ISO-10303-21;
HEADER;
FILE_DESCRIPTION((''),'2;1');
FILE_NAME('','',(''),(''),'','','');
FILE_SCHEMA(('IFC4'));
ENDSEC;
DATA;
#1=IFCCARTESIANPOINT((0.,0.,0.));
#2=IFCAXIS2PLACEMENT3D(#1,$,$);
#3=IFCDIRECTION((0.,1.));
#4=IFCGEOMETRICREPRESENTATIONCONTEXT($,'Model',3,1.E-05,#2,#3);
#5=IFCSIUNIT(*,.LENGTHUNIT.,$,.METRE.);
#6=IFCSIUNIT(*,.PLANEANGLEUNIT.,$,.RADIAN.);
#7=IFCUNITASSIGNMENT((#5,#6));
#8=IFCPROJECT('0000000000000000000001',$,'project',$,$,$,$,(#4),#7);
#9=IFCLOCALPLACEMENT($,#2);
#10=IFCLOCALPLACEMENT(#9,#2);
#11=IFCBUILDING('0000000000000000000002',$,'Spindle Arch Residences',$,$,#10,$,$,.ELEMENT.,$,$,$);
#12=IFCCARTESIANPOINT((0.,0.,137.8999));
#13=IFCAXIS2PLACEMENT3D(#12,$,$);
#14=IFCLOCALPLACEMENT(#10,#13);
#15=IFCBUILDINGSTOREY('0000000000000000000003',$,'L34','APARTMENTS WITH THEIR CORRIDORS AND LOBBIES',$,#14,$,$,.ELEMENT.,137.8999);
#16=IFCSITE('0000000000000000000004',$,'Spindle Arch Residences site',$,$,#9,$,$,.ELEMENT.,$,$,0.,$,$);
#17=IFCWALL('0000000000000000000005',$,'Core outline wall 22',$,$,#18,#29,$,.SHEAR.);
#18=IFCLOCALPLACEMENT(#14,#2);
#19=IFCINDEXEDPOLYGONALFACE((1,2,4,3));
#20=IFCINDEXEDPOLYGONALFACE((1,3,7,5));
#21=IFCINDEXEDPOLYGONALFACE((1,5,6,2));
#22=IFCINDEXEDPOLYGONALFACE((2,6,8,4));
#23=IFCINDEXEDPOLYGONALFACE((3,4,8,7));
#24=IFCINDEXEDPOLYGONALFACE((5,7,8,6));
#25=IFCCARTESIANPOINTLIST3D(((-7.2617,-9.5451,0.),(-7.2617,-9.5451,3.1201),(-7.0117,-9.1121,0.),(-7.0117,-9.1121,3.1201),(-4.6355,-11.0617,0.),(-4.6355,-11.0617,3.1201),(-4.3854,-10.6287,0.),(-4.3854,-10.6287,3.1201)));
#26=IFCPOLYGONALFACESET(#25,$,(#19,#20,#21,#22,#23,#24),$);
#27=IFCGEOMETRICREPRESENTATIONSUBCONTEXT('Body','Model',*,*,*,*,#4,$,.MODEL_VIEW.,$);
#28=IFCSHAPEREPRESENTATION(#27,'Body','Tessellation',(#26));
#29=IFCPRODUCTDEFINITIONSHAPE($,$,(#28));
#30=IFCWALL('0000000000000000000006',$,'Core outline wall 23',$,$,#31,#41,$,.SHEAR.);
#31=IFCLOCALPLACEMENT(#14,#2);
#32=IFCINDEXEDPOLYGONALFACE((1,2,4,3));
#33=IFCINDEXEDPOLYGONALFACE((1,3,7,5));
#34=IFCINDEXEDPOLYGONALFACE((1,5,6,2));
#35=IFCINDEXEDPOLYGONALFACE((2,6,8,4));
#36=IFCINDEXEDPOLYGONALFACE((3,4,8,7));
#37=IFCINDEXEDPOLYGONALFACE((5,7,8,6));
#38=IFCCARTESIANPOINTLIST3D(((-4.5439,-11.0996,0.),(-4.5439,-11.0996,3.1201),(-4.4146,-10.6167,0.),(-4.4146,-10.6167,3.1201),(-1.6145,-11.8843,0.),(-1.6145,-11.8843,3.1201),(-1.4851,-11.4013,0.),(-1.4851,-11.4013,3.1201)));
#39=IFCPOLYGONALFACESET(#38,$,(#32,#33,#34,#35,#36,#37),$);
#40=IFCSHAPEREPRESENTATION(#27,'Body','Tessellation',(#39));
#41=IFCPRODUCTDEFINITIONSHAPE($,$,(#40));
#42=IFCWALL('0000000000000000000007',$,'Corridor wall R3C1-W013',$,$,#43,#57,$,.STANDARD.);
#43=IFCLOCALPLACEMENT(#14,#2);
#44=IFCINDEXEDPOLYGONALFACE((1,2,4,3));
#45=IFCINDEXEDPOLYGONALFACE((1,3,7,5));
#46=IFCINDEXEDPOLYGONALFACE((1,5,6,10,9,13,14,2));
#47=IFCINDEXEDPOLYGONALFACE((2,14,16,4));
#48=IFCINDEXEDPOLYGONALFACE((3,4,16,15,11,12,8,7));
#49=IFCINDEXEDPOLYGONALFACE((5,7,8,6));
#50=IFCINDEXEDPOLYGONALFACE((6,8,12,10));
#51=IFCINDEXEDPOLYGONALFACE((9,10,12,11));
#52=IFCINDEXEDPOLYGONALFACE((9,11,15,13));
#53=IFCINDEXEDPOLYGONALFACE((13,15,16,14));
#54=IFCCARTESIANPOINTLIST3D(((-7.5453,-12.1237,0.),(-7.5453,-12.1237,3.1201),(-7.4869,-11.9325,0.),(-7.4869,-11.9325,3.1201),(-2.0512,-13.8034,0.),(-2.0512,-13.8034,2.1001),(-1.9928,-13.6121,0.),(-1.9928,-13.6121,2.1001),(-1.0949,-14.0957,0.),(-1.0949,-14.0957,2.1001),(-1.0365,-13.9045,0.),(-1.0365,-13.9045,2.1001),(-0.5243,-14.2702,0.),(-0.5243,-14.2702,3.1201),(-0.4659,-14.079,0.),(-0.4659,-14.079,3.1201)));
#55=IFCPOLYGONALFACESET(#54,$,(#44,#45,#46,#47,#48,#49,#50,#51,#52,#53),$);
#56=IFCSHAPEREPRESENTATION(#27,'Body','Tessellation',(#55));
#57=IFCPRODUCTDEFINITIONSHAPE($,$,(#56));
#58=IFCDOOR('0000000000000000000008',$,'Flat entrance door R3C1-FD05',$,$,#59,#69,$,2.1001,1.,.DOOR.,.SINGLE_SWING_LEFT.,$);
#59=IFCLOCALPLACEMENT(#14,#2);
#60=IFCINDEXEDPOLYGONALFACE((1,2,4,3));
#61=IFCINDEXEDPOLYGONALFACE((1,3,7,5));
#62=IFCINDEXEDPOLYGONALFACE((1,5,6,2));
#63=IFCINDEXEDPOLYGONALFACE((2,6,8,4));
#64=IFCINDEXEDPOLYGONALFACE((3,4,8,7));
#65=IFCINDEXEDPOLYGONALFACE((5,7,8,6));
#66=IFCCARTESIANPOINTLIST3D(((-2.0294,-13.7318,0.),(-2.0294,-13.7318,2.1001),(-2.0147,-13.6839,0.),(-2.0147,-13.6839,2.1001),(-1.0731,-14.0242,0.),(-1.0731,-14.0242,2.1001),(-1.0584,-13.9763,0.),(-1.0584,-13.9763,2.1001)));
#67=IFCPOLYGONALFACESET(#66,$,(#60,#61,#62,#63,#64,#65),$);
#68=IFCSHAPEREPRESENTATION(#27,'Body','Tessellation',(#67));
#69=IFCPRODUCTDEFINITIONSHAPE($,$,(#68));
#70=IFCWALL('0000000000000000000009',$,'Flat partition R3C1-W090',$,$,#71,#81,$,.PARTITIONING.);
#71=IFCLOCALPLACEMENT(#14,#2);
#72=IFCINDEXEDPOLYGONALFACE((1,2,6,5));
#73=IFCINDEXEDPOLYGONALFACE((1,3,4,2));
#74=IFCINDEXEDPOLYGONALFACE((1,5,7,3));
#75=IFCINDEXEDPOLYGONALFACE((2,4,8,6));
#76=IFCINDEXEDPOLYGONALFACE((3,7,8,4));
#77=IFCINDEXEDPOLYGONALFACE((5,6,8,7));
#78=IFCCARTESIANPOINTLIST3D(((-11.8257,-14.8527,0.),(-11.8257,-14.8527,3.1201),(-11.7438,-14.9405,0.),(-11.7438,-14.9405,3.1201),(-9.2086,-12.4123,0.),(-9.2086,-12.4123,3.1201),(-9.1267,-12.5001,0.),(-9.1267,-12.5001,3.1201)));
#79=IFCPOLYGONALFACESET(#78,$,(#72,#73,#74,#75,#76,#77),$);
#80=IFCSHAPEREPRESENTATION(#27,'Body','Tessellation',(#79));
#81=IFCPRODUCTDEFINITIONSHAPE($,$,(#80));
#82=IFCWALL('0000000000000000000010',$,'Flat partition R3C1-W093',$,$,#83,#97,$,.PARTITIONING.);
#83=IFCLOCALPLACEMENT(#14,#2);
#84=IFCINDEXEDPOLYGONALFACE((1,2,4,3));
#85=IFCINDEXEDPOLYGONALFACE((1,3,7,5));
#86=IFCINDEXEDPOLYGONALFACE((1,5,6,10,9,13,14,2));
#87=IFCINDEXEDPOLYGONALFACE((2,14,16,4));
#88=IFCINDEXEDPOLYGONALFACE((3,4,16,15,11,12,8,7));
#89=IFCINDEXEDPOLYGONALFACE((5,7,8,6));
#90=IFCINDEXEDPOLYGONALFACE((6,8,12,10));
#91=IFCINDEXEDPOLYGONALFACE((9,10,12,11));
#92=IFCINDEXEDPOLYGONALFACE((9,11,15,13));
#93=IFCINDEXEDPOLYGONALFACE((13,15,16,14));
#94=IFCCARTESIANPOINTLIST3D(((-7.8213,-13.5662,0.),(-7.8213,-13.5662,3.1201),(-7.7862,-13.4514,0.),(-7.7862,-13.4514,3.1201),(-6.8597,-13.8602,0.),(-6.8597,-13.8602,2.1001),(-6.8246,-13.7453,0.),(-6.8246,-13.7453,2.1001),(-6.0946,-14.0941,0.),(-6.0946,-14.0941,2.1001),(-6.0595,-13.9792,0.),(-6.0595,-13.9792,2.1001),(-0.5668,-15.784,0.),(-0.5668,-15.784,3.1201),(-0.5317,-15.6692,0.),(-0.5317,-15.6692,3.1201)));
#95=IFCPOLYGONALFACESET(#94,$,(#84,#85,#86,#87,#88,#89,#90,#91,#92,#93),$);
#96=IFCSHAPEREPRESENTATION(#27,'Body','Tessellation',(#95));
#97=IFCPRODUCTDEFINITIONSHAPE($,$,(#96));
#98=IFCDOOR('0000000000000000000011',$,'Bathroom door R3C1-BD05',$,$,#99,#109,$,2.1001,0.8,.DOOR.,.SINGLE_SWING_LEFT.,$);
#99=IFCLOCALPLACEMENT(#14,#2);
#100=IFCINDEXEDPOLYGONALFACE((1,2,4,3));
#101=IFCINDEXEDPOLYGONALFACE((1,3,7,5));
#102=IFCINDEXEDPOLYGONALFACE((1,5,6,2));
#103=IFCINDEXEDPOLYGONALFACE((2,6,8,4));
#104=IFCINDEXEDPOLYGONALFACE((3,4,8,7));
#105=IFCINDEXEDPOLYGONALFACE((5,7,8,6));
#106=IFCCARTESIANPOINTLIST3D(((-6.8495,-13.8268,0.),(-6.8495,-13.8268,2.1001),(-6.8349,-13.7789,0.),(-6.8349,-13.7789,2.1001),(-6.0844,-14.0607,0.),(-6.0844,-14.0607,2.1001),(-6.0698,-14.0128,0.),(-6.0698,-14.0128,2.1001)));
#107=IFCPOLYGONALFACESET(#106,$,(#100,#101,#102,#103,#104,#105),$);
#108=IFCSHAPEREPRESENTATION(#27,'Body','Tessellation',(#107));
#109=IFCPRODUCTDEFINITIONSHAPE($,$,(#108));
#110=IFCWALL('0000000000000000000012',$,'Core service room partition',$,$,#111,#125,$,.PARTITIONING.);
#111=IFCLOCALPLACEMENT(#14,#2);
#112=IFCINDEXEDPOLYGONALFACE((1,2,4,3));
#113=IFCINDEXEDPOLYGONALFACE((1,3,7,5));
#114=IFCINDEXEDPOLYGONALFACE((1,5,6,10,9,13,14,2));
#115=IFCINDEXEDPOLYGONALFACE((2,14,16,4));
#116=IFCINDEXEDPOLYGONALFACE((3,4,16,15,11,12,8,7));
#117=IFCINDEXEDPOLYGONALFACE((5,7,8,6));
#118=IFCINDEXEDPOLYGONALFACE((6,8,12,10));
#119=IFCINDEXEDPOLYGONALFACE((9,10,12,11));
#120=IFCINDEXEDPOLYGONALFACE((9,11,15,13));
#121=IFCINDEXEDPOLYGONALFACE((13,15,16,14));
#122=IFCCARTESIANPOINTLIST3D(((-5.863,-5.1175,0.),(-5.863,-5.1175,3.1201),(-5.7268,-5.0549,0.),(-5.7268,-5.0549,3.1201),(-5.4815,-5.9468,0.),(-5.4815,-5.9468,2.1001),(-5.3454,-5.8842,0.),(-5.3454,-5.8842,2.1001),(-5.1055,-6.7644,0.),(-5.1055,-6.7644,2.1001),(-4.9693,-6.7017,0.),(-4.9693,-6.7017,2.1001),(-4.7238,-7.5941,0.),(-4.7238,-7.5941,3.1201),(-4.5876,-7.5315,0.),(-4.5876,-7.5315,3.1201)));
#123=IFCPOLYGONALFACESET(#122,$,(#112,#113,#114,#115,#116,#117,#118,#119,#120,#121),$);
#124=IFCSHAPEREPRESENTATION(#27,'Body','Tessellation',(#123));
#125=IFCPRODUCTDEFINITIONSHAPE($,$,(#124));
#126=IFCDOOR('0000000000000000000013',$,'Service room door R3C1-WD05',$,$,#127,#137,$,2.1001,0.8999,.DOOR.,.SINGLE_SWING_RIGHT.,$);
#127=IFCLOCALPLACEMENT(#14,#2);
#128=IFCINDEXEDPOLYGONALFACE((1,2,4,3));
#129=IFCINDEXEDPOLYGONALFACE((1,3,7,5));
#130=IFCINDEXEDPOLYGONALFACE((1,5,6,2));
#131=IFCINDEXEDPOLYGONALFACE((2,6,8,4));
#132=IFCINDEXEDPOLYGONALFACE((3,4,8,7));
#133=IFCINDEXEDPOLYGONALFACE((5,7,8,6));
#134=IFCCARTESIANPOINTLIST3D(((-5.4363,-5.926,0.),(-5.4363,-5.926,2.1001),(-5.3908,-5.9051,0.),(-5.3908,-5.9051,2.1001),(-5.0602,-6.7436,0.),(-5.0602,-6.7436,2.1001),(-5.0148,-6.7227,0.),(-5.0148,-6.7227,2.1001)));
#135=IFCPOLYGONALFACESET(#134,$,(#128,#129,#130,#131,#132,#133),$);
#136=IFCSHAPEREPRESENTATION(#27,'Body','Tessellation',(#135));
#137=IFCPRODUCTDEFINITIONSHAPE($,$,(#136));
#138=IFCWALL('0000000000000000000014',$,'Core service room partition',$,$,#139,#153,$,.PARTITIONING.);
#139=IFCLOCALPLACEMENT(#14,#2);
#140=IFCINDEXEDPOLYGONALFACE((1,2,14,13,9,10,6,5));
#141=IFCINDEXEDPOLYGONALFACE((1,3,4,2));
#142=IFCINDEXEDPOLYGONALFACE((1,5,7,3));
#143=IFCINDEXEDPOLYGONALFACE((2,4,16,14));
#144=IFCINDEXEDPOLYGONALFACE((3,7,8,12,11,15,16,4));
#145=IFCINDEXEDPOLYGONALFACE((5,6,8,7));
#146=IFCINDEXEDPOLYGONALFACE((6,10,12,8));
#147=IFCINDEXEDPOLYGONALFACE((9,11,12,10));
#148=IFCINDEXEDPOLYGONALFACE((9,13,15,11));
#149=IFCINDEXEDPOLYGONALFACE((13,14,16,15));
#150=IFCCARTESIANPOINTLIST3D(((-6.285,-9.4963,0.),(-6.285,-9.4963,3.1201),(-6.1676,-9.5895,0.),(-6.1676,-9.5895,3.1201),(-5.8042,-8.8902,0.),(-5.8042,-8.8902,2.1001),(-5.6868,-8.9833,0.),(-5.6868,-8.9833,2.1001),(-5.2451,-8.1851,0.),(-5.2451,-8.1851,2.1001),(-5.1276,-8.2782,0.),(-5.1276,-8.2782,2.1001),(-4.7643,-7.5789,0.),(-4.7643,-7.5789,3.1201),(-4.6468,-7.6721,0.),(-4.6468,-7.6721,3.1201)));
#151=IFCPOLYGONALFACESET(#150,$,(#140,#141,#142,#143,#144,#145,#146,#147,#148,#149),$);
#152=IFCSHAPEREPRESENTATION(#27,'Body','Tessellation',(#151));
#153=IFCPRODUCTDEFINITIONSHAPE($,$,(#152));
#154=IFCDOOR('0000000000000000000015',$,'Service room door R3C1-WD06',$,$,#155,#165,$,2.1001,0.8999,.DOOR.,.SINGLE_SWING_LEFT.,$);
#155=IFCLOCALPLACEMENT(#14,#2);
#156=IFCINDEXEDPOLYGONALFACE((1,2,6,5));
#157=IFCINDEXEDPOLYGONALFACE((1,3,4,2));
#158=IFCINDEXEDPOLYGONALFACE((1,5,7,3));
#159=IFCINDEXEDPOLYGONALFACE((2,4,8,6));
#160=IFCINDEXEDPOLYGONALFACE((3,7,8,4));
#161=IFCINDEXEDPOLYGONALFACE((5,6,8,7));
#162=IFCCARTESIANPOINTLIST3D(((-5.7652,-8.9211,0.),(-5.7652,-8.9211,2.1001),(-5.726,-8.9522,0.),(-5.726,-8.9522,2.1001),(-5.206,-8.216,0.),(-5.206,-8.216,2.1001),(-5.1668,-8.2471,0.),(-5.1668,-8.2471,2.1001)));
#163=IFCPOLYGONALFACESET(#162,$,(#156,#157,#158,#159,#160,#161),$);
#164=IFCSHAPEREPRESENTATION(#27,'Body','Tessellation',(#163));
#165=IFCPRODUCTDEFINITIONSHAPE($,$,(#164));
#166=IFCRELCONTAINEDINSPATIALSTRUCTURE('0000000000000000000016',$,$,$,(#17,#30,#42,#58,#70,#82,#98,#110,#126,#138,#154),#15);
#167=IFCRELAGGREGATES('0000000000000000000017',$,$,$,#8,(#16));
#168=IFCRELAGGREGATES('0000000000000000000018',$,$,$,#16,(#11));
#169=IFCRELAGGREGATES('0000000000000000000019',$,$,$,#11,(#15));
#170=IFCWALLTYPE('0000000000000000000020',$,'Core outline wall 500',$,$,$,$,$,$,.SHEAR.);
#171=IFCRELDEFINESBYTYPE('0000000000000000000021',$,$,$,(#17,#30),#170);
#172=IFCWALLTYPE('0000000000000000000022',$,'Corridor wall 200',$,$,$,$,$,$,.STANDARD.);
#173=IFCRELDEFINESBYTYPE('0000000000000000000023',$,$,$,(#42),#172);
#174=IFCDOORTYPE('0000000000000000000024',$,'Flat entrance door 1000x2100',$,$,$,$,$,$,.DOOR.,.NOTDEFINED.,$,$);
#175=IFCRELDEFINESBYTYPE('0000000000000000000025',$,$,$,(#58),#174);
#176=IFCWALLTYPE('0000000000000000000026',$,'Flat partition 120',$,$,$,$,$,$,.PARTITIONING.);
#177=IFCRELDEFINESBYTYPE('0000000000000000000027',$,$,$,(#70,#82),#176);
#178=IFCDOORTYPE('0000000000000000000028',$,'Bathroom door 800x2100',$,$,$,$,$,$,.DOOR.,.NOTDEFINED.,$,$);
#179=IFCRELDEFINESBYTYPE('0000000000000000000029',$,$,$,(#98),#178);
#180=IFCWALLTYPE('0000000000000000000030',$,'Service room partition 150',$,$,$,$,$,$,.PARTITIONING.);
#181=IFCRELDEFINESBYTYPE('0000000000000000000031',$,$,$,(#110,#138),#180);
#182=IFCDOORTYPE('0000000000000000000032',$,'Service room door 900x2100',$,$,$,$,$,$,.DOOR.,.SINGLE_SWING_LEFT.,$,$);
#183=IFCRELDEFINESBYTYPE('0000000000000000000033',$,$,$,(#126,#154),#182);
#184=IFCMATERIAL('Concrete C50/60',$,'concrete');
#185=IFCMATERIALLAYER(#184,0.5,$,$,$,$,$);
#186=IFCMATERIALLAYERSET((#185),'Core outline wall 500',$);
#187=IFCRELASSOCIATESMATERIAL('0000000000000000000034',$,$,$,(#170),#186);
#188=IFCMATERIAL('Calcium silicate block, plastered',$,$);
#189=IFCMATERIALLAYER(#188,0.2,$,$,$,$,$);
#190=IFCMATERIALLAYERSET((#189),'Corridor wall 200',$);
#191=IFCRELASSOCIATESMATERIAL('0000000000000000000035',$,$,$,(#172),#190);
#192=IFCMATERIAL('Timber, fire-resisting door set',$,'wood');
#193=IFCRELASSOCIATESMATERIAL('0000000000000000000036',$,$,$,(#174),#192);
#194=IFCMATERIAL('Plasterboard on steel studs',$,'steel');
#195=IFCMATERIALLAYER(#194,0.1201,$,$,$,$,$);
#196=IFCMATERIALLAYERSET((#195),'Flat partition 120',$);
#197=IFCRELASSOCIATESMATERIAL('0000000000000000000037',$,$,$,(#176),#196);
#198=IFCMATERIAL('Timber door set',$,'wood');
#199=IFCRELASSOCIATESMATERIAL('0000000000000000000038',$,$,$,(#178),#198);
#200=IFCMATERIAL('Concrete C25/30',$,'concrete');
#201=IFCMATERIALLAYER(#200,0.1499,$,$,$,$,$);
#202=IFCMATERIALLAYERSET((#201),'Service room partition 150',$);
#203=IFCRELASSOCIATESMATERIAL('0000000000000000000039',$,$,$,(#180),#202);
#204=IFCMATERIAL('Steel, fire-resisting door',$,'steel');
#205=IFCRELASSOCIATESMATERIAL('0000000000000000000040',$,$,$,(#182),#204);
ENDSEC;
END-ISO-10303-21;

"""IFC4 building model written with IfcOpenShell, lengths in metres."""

from ifc_helpers import new_model, si_unit, direction, frame, frame_2d, origin, place, context, subcontext, project, spatial, rectangle, extrude, material, layer, layer_set, type_object, element, fill, save


model = new_model("IFC4")

# Units and contexts
model_context = context("Model", 3, precision=1e-05, world=origin(), true_north=direction((0.0, 1.0)))
body_context = subcontext(model_context, "Body", "Model", "MODEL_VIEW")
ifc_project = project(units=[si_unit("LENGTHUNIT", "METRE"), si_unit("PLANEANGLEUNIT", "RADIAN")], contexts=[model_context])

# Site, building, storey
site_placement = place(None, origin())
site = spatial("IfcSite", under=ifc_project, at=site_placement, Name="Spindle Arch Residences site", CompositionType="ELEMENT", RefElevation=0.0)
building_placement = place(site_placement, origin())
building = spatial("IfcBuilding", under=site, at=building_placement, Name="Spindle Arch Residences", CompositionType="ELEMENT")
storey_placement = place(building_placement, frame((0.0, 0.0, 137.8999)))
storey = spatial("IfcBuildingStorey", under=building, at=storey_placement, Name="L34", Description="APARTMENTS WITH THEIR CORRIDORS AND LOBBIES", CompositionType="ELEMENT", Elevation=137.8999)

# Walls
ifc_material_1 = material(Name="Concrete C50/60", Category="concrete")
ifc_layer_1 = layer(ifc_material_1, 0.5)
ifc_layer_set_1 = layer_set([ifc_layer_1], Name="Core outline wall 500")
wall_type_1 = type_object("IfcWallType", Name="Core outline wall 500", PredefinedType="SHEAR", material=ifc_layer_set_1)
for number, where, z_axis, x_axis, name in (
    (1, (-7.1367, -9.3286, 0.0), (0.0, 0.0, 1.0), (0.865975, -0.500087, 0.0), "Core outline wall 22"),
    (2, (-4.4792, -10.8582, 0.0), (0.0, 0.0, 1.0), (0.965948, -0.258735, 0.0), "Core outline wall 23"),
):
    element("IfcWall", number, at=place(storey_placement, frame(where, z_axis=z_axis, x_axis=x_axis)), inside=storey, type_object=wall_type_1, Name=name, PredefinedType="SHEAR", context=body_context, shape_type="SweptSolid", body=[
        extrude(rectangle(XDim=3.0327, YDim=0.5, at=frame_2d((1.5164, 0.0))), origin(), (0.0, 0.0, 1.0), 3.1201),
    ])

# Wall, opening, door
ifc_material_2 = material(Name="Calcium silicate block, plastered")
ifc_layer_2 = layer(ifc_material_2, 0.2)
ifc_layer_set_2 = layer_set([ifc_layer_2], Name="Corridor wall 200")
wall_type_2 = type_object("IfcWallType", Name="Corridor wall 200", PredefinedType="STANDARD", material=ifc_layer_set_2)
wall_1_placement = place(storey_placement, frame((-7.5161, -12.0281, 0.0), z_axis=(0.0, 0.0, 1.0), x_axis=(0.956307, -0.292366, 0.0)))
wall_1 = element("IfcWall", 3, at=wall_1_placement, inside=storey, type_object=wall_type_2, Name="Corridor wall R3C1-W013", PredefinedType="STANDARD", context=body_context, shape_type="SweptSolid", body=[
    extrude(rectangle(XDim=7.3418, YDim=0.2, at=frame_2d((3.6709, 0.0))), origin(), (0.0, 0.0, 1.0), 3.1201),
])
opening_1_placement = place(wall_1_placement, frame((5.7451, 0.0, 0.0)))
opening_1 = element("IfcOpeningElement", 4, at=opening_1_placement, cuts=wall_1, PredefinedType="OPENING", context=body_context, shape_type="SweptSolid", body=[
    extrude(rectangle(XDim=1.0, YDim=2.1001, at=frame_2d((0.5, 1.05))), frame((0.0, 0.1099, 0.0), z_axis=(0.0, -1.0, 0.0), x_axis=(1.0, 0.0, 0.0)), (0.0, 0.0, 1.0), 0.22),
])
ifc_material_3 = material(Name="Timber, fire-resisting door set", Category="wood")
door_type_1 = type_object("IfcDoorType", Name="Flat entrance door 1000x2100", OperationType="NOTDEFINED", PredefinedType="DOOR", material=ifc_material_3)
door_1_placement = place(opening_1_placement, origin())
door_1 = element("IfcDoor", 5, at=door_1_placement, inside=storey, type_object=door_type_1, Name="Flat entrance door R3C1-FD05", OperationType="SINGLE_SWING_LEFT", OverallHeight=2.1001, OverallWidth=1.0, PredefinedType="DOOR", context=body_context, shape_type="SweptSolid", body=[
    extrude(rectangle(XDim=1.0, YDim=2.1001, at=frame_2d((0.5, 1.05))), frame((0.0, 0.0249, 0.0), z_axis=(0.0, -1.0, 0.0), x_axis=(1.0, 0.0, 0.0)), (0.0, 0.0, 1.0), 0.05),
])
fill(opening_1, door_1)

# Wall
ifc_material_4 = material(Name="Plasterboard on steel studs", Category="steel")
ifc_layer_3 = layer(ifc_material_4, 0.1201)
ifc_layer_set_3 = layer_set([ifc_layer_3], Name="Flat partition 120")
wall_type_3 = type_object("IfcWallType", Name="Flat partition 120", PredefinedType="PARTITIONING", material=ifc_layer_set_3)
wall_2_placement = place(storey_placement, frame((-9.1677, -12.4563, 0.0), z_axis=(0.0, 0.0, 1.0), x_axis=(-0.731373, -0.681978, 0.0)))
element("IfcWall", 6, at=wall_2_placement, inside=storey, type_object=wall_type_3, Name="Flat partition R3C1-W090", PredefinedType="PARTITIONING", context=body_context, shape_type="SweptSolid", body=[
    extrude(rectangle(XDim=3.5784, YDim=0.1201, at=frame_2d((1.7891, 0.0))), origin(), (0.0, 0.0, 1.0), 3.1201),
])

# Walls, openings, doors
wall_3_placement = place(storey_placement, frame((-7.8037, -13.5088, 0.0), z_axis=(0.0, 0.0, 1.0), x_axis=(0.956309, -0.292358, 0.0)))
wall_3 = element("IfcWall", 7, at=wall_3_placement, inside=storey, type_object=wall_type_3, Name="Flat partition R3C1-W093", PredefinedType="PARTITIONING", context=body_context, shape_type="SweptSolid", body=[
    extrude(rectangle(XDim=7.5859, YDim=0.1201, at=frame_2d((3.793, 0.0))), origin(), (0.0, 0.0, 1.0), 3.1201),
])
opening_2_placement = place(wall_3_placement, frame((1.0056, 0.0, 0.0)))
opening_2 = element("IfcOpeningElement", 8, at=opening_2_placement, cuts=wall_3, PredefinedType="OPENING", context=body_context, shape_type="SweptSolid", body=[
    extrude(rectangle(XDim=0.8, YDim=2.1001, at=frame_2d((0.3999, 1.05))), frame((0.0, 0.0701, 0.0), z_axis=(0.0, -1.0, 0.0), x_axis=(1.0, 0.0, 0.0)), (0.0, 0.0, 1.0), 0.1401),
])
ifc_material_5 = material(Name="Timber door set", Category="wood")
door_type_2 = type_object("IfcDoorType", Name="Bathroom door 800x2100", OperationType="NOTDEFINED", PredefinedType="DOOR", material=ifc_material_5)
door_2_placement = place(opening_2_placement, origin())
door_2 = element("IfcDoor", 9, at=door_2_placement, inside=storey, type_object=door_type_2, Name="Bathroom door R3C1-BD05", OperationType="SINGLE_SWING_LEFT", OverallHeight=2.1001, OverallWidth=0.8, PredefinedType="DOOR", context=body_context, shape_type="SweptSolid", body=[
    extrude(rectangle(XDim=0.8, YDim=2.1001, at=frame_2d((0.3999, 1.05))), frame((0.0, 0.0249, 0.0), z_axis=(0.0, -1.0, 0.0), x_axis=(1.0, 0.0, 0.0)), (0.0, 0.0, 1.0), 0.05),
])
fill(opening_2, door_2)
ifc_material_6 = material(Name="Concrete C25/30", Category="concrete")
ifc_layer_4 = layer(ifc_material_6, 0.1499)
ifc_layer_set_4 = layer_set([ifc_layer_4], Name="Service room partition 150")
wall_type_4 = type_object("IfcWallType", Name="Service room partition 150", PredefinedType="PARTITIONING", material=ifc_layer_set_4)
wall_4_placement = place(storey_placement, frame((-5.7949, -5.0862, 0.0), z_axis=(0.0, 0.0, 1.0), x_axis=(0.417888, -0.908499, 0.0)))
wall_4 = element("IfcWall", 10, at=wall_4_placement, inside=storey, type_object=wall_type_4, Name="Core service room partition", PredefinedType="PARTITIONING", context=body_context, shape_type="SweptSolid", body=[
    extrude(rectangle(XDim=2.7261, YDim=0.1499, at=frame_2d((1.363, 0.0))), origin(), (0.0, 0.0, 1.0), 3.1201),
])
opening_3_placement = place(wall_4_placement, frame((0.9128, 0.0, 0.0)))
opening_3 = element("IfcOpeningElement", 11, at=opening_3_placement, cuts=wall_4, PredefinedType="OPENING", context=body_context, shape_type="SweptSolid", body=[
    extrude(rectangle(XDim=0.8999, YDim=2.1001, at=frame_2d((0.45, 1.05))), frame((0.0, 0.085, 0.0), z_axis=(0.0, -1.0, 0.0), x_axis=(1.0, 0.0, 0.0)), (0.0, 0.0, 1.0), 0.1699),
])
ifc_material_7 = material(Name="Steel, fire-resisting door", Category="steel")
door_type_3 = type_object("IfcDoorType", Name="Service room door 900x2100", OperationType="SINGLE_SWING_LEFT", PredefinedType="DOOR", material=ifc_material_7)
door_3_placement = place(opening_3_placement, origin())
door_3 = element("IfcDoor", 12, at=door_3_placement, inside=storey, type_object=door_type_3, Name="Service room door R3C1-WD05", OperationType="SINGLE_SWING_RIGHT", OverallHeight=2.1001, OverallWidth=0.8999, PredefinedType="DOOR", context=body_context, shape_type="SweptSolid", body=[
    extrude(rectangle(XDim=0.8999, YDim=2.1001, at=frame_2d((0.45, 1.05))), frame((0.0, 0.0249, 0.0), z_axis=(0.0, -1.0, 0.0), x_axis=(1.0, 0.0, 0.0)), (0.0, 0.0, 1.0), 0.05),
])
fill(opening_3, door_3)
wall_5_placement = place(storey_placement, frame((-4.7056, -7.6255, 0.0), z_axis=(0.0, 0.0, 1.0), x_axis=(-0.621393, -0.783499, 0.0)))
wall_5 = element("IfcWall", 13, at=wall_5_placement, inside=storey, type_object=wall_type_4, Name="Core service room partition", PredefinedType="PARTITIONING", context=body_context, shape_type="SweptSolid", body=[
    extrude(rectangle(XDim=2.4473, YDim=0.1499, at=frame_2d((1.2236, 0.0))), origin(), (0.0, 0.0, 1.0), 3.1201),
])
opening_4_placement = place(wall_5_placement, frame((0.7737, 0.0, 0.0)))
opening_4 = element("IfcOpeningElement", 14, at=opening_4_placement, cuts=wall_5, PredefinedType="OPENING", context=body_context, shape_type="SweptSolid", body=[
    extrude(rectangle(XDim=0.8999, YDim=2.1001, at=frame_2d((0.45, 1.05))), frame((0.0, 0.085, 0.0), z_axis=(0.0, -1.0, 0.0), x_axis=(1.0, 0.0, 0.0)), (0.0, 0.0, 1.0), 0.1699),
])
door_4_placement = place(opening_4_placement, origin())
door_4 = element("IfcDoor", 15, at=door_4_placement, inside=storey, type_object=door_type_3, Name="Service room door R3C1-WD06", OperationType="SINGLE_SWING_LEFT", OverallHeight=2.1001, OverallWidth=0.8999, PredefinedType="DOOR", context=body_context, shape_type="SweptSolid", body=[
    extrude(rectangle(XDim=0.8999, YDim=2.1001, at=frame_2d((0.45, 1.05))), frame((0.0, 0.0249, 0.0), z_axis=(0.0, -1.0, 0.0), x_axis=(1.0, 0.0, 0.0)), (0.0, 0.0, 1.0), 0.05),
])
fill(opening_4, door_4)

save(model, "model.ifc")
